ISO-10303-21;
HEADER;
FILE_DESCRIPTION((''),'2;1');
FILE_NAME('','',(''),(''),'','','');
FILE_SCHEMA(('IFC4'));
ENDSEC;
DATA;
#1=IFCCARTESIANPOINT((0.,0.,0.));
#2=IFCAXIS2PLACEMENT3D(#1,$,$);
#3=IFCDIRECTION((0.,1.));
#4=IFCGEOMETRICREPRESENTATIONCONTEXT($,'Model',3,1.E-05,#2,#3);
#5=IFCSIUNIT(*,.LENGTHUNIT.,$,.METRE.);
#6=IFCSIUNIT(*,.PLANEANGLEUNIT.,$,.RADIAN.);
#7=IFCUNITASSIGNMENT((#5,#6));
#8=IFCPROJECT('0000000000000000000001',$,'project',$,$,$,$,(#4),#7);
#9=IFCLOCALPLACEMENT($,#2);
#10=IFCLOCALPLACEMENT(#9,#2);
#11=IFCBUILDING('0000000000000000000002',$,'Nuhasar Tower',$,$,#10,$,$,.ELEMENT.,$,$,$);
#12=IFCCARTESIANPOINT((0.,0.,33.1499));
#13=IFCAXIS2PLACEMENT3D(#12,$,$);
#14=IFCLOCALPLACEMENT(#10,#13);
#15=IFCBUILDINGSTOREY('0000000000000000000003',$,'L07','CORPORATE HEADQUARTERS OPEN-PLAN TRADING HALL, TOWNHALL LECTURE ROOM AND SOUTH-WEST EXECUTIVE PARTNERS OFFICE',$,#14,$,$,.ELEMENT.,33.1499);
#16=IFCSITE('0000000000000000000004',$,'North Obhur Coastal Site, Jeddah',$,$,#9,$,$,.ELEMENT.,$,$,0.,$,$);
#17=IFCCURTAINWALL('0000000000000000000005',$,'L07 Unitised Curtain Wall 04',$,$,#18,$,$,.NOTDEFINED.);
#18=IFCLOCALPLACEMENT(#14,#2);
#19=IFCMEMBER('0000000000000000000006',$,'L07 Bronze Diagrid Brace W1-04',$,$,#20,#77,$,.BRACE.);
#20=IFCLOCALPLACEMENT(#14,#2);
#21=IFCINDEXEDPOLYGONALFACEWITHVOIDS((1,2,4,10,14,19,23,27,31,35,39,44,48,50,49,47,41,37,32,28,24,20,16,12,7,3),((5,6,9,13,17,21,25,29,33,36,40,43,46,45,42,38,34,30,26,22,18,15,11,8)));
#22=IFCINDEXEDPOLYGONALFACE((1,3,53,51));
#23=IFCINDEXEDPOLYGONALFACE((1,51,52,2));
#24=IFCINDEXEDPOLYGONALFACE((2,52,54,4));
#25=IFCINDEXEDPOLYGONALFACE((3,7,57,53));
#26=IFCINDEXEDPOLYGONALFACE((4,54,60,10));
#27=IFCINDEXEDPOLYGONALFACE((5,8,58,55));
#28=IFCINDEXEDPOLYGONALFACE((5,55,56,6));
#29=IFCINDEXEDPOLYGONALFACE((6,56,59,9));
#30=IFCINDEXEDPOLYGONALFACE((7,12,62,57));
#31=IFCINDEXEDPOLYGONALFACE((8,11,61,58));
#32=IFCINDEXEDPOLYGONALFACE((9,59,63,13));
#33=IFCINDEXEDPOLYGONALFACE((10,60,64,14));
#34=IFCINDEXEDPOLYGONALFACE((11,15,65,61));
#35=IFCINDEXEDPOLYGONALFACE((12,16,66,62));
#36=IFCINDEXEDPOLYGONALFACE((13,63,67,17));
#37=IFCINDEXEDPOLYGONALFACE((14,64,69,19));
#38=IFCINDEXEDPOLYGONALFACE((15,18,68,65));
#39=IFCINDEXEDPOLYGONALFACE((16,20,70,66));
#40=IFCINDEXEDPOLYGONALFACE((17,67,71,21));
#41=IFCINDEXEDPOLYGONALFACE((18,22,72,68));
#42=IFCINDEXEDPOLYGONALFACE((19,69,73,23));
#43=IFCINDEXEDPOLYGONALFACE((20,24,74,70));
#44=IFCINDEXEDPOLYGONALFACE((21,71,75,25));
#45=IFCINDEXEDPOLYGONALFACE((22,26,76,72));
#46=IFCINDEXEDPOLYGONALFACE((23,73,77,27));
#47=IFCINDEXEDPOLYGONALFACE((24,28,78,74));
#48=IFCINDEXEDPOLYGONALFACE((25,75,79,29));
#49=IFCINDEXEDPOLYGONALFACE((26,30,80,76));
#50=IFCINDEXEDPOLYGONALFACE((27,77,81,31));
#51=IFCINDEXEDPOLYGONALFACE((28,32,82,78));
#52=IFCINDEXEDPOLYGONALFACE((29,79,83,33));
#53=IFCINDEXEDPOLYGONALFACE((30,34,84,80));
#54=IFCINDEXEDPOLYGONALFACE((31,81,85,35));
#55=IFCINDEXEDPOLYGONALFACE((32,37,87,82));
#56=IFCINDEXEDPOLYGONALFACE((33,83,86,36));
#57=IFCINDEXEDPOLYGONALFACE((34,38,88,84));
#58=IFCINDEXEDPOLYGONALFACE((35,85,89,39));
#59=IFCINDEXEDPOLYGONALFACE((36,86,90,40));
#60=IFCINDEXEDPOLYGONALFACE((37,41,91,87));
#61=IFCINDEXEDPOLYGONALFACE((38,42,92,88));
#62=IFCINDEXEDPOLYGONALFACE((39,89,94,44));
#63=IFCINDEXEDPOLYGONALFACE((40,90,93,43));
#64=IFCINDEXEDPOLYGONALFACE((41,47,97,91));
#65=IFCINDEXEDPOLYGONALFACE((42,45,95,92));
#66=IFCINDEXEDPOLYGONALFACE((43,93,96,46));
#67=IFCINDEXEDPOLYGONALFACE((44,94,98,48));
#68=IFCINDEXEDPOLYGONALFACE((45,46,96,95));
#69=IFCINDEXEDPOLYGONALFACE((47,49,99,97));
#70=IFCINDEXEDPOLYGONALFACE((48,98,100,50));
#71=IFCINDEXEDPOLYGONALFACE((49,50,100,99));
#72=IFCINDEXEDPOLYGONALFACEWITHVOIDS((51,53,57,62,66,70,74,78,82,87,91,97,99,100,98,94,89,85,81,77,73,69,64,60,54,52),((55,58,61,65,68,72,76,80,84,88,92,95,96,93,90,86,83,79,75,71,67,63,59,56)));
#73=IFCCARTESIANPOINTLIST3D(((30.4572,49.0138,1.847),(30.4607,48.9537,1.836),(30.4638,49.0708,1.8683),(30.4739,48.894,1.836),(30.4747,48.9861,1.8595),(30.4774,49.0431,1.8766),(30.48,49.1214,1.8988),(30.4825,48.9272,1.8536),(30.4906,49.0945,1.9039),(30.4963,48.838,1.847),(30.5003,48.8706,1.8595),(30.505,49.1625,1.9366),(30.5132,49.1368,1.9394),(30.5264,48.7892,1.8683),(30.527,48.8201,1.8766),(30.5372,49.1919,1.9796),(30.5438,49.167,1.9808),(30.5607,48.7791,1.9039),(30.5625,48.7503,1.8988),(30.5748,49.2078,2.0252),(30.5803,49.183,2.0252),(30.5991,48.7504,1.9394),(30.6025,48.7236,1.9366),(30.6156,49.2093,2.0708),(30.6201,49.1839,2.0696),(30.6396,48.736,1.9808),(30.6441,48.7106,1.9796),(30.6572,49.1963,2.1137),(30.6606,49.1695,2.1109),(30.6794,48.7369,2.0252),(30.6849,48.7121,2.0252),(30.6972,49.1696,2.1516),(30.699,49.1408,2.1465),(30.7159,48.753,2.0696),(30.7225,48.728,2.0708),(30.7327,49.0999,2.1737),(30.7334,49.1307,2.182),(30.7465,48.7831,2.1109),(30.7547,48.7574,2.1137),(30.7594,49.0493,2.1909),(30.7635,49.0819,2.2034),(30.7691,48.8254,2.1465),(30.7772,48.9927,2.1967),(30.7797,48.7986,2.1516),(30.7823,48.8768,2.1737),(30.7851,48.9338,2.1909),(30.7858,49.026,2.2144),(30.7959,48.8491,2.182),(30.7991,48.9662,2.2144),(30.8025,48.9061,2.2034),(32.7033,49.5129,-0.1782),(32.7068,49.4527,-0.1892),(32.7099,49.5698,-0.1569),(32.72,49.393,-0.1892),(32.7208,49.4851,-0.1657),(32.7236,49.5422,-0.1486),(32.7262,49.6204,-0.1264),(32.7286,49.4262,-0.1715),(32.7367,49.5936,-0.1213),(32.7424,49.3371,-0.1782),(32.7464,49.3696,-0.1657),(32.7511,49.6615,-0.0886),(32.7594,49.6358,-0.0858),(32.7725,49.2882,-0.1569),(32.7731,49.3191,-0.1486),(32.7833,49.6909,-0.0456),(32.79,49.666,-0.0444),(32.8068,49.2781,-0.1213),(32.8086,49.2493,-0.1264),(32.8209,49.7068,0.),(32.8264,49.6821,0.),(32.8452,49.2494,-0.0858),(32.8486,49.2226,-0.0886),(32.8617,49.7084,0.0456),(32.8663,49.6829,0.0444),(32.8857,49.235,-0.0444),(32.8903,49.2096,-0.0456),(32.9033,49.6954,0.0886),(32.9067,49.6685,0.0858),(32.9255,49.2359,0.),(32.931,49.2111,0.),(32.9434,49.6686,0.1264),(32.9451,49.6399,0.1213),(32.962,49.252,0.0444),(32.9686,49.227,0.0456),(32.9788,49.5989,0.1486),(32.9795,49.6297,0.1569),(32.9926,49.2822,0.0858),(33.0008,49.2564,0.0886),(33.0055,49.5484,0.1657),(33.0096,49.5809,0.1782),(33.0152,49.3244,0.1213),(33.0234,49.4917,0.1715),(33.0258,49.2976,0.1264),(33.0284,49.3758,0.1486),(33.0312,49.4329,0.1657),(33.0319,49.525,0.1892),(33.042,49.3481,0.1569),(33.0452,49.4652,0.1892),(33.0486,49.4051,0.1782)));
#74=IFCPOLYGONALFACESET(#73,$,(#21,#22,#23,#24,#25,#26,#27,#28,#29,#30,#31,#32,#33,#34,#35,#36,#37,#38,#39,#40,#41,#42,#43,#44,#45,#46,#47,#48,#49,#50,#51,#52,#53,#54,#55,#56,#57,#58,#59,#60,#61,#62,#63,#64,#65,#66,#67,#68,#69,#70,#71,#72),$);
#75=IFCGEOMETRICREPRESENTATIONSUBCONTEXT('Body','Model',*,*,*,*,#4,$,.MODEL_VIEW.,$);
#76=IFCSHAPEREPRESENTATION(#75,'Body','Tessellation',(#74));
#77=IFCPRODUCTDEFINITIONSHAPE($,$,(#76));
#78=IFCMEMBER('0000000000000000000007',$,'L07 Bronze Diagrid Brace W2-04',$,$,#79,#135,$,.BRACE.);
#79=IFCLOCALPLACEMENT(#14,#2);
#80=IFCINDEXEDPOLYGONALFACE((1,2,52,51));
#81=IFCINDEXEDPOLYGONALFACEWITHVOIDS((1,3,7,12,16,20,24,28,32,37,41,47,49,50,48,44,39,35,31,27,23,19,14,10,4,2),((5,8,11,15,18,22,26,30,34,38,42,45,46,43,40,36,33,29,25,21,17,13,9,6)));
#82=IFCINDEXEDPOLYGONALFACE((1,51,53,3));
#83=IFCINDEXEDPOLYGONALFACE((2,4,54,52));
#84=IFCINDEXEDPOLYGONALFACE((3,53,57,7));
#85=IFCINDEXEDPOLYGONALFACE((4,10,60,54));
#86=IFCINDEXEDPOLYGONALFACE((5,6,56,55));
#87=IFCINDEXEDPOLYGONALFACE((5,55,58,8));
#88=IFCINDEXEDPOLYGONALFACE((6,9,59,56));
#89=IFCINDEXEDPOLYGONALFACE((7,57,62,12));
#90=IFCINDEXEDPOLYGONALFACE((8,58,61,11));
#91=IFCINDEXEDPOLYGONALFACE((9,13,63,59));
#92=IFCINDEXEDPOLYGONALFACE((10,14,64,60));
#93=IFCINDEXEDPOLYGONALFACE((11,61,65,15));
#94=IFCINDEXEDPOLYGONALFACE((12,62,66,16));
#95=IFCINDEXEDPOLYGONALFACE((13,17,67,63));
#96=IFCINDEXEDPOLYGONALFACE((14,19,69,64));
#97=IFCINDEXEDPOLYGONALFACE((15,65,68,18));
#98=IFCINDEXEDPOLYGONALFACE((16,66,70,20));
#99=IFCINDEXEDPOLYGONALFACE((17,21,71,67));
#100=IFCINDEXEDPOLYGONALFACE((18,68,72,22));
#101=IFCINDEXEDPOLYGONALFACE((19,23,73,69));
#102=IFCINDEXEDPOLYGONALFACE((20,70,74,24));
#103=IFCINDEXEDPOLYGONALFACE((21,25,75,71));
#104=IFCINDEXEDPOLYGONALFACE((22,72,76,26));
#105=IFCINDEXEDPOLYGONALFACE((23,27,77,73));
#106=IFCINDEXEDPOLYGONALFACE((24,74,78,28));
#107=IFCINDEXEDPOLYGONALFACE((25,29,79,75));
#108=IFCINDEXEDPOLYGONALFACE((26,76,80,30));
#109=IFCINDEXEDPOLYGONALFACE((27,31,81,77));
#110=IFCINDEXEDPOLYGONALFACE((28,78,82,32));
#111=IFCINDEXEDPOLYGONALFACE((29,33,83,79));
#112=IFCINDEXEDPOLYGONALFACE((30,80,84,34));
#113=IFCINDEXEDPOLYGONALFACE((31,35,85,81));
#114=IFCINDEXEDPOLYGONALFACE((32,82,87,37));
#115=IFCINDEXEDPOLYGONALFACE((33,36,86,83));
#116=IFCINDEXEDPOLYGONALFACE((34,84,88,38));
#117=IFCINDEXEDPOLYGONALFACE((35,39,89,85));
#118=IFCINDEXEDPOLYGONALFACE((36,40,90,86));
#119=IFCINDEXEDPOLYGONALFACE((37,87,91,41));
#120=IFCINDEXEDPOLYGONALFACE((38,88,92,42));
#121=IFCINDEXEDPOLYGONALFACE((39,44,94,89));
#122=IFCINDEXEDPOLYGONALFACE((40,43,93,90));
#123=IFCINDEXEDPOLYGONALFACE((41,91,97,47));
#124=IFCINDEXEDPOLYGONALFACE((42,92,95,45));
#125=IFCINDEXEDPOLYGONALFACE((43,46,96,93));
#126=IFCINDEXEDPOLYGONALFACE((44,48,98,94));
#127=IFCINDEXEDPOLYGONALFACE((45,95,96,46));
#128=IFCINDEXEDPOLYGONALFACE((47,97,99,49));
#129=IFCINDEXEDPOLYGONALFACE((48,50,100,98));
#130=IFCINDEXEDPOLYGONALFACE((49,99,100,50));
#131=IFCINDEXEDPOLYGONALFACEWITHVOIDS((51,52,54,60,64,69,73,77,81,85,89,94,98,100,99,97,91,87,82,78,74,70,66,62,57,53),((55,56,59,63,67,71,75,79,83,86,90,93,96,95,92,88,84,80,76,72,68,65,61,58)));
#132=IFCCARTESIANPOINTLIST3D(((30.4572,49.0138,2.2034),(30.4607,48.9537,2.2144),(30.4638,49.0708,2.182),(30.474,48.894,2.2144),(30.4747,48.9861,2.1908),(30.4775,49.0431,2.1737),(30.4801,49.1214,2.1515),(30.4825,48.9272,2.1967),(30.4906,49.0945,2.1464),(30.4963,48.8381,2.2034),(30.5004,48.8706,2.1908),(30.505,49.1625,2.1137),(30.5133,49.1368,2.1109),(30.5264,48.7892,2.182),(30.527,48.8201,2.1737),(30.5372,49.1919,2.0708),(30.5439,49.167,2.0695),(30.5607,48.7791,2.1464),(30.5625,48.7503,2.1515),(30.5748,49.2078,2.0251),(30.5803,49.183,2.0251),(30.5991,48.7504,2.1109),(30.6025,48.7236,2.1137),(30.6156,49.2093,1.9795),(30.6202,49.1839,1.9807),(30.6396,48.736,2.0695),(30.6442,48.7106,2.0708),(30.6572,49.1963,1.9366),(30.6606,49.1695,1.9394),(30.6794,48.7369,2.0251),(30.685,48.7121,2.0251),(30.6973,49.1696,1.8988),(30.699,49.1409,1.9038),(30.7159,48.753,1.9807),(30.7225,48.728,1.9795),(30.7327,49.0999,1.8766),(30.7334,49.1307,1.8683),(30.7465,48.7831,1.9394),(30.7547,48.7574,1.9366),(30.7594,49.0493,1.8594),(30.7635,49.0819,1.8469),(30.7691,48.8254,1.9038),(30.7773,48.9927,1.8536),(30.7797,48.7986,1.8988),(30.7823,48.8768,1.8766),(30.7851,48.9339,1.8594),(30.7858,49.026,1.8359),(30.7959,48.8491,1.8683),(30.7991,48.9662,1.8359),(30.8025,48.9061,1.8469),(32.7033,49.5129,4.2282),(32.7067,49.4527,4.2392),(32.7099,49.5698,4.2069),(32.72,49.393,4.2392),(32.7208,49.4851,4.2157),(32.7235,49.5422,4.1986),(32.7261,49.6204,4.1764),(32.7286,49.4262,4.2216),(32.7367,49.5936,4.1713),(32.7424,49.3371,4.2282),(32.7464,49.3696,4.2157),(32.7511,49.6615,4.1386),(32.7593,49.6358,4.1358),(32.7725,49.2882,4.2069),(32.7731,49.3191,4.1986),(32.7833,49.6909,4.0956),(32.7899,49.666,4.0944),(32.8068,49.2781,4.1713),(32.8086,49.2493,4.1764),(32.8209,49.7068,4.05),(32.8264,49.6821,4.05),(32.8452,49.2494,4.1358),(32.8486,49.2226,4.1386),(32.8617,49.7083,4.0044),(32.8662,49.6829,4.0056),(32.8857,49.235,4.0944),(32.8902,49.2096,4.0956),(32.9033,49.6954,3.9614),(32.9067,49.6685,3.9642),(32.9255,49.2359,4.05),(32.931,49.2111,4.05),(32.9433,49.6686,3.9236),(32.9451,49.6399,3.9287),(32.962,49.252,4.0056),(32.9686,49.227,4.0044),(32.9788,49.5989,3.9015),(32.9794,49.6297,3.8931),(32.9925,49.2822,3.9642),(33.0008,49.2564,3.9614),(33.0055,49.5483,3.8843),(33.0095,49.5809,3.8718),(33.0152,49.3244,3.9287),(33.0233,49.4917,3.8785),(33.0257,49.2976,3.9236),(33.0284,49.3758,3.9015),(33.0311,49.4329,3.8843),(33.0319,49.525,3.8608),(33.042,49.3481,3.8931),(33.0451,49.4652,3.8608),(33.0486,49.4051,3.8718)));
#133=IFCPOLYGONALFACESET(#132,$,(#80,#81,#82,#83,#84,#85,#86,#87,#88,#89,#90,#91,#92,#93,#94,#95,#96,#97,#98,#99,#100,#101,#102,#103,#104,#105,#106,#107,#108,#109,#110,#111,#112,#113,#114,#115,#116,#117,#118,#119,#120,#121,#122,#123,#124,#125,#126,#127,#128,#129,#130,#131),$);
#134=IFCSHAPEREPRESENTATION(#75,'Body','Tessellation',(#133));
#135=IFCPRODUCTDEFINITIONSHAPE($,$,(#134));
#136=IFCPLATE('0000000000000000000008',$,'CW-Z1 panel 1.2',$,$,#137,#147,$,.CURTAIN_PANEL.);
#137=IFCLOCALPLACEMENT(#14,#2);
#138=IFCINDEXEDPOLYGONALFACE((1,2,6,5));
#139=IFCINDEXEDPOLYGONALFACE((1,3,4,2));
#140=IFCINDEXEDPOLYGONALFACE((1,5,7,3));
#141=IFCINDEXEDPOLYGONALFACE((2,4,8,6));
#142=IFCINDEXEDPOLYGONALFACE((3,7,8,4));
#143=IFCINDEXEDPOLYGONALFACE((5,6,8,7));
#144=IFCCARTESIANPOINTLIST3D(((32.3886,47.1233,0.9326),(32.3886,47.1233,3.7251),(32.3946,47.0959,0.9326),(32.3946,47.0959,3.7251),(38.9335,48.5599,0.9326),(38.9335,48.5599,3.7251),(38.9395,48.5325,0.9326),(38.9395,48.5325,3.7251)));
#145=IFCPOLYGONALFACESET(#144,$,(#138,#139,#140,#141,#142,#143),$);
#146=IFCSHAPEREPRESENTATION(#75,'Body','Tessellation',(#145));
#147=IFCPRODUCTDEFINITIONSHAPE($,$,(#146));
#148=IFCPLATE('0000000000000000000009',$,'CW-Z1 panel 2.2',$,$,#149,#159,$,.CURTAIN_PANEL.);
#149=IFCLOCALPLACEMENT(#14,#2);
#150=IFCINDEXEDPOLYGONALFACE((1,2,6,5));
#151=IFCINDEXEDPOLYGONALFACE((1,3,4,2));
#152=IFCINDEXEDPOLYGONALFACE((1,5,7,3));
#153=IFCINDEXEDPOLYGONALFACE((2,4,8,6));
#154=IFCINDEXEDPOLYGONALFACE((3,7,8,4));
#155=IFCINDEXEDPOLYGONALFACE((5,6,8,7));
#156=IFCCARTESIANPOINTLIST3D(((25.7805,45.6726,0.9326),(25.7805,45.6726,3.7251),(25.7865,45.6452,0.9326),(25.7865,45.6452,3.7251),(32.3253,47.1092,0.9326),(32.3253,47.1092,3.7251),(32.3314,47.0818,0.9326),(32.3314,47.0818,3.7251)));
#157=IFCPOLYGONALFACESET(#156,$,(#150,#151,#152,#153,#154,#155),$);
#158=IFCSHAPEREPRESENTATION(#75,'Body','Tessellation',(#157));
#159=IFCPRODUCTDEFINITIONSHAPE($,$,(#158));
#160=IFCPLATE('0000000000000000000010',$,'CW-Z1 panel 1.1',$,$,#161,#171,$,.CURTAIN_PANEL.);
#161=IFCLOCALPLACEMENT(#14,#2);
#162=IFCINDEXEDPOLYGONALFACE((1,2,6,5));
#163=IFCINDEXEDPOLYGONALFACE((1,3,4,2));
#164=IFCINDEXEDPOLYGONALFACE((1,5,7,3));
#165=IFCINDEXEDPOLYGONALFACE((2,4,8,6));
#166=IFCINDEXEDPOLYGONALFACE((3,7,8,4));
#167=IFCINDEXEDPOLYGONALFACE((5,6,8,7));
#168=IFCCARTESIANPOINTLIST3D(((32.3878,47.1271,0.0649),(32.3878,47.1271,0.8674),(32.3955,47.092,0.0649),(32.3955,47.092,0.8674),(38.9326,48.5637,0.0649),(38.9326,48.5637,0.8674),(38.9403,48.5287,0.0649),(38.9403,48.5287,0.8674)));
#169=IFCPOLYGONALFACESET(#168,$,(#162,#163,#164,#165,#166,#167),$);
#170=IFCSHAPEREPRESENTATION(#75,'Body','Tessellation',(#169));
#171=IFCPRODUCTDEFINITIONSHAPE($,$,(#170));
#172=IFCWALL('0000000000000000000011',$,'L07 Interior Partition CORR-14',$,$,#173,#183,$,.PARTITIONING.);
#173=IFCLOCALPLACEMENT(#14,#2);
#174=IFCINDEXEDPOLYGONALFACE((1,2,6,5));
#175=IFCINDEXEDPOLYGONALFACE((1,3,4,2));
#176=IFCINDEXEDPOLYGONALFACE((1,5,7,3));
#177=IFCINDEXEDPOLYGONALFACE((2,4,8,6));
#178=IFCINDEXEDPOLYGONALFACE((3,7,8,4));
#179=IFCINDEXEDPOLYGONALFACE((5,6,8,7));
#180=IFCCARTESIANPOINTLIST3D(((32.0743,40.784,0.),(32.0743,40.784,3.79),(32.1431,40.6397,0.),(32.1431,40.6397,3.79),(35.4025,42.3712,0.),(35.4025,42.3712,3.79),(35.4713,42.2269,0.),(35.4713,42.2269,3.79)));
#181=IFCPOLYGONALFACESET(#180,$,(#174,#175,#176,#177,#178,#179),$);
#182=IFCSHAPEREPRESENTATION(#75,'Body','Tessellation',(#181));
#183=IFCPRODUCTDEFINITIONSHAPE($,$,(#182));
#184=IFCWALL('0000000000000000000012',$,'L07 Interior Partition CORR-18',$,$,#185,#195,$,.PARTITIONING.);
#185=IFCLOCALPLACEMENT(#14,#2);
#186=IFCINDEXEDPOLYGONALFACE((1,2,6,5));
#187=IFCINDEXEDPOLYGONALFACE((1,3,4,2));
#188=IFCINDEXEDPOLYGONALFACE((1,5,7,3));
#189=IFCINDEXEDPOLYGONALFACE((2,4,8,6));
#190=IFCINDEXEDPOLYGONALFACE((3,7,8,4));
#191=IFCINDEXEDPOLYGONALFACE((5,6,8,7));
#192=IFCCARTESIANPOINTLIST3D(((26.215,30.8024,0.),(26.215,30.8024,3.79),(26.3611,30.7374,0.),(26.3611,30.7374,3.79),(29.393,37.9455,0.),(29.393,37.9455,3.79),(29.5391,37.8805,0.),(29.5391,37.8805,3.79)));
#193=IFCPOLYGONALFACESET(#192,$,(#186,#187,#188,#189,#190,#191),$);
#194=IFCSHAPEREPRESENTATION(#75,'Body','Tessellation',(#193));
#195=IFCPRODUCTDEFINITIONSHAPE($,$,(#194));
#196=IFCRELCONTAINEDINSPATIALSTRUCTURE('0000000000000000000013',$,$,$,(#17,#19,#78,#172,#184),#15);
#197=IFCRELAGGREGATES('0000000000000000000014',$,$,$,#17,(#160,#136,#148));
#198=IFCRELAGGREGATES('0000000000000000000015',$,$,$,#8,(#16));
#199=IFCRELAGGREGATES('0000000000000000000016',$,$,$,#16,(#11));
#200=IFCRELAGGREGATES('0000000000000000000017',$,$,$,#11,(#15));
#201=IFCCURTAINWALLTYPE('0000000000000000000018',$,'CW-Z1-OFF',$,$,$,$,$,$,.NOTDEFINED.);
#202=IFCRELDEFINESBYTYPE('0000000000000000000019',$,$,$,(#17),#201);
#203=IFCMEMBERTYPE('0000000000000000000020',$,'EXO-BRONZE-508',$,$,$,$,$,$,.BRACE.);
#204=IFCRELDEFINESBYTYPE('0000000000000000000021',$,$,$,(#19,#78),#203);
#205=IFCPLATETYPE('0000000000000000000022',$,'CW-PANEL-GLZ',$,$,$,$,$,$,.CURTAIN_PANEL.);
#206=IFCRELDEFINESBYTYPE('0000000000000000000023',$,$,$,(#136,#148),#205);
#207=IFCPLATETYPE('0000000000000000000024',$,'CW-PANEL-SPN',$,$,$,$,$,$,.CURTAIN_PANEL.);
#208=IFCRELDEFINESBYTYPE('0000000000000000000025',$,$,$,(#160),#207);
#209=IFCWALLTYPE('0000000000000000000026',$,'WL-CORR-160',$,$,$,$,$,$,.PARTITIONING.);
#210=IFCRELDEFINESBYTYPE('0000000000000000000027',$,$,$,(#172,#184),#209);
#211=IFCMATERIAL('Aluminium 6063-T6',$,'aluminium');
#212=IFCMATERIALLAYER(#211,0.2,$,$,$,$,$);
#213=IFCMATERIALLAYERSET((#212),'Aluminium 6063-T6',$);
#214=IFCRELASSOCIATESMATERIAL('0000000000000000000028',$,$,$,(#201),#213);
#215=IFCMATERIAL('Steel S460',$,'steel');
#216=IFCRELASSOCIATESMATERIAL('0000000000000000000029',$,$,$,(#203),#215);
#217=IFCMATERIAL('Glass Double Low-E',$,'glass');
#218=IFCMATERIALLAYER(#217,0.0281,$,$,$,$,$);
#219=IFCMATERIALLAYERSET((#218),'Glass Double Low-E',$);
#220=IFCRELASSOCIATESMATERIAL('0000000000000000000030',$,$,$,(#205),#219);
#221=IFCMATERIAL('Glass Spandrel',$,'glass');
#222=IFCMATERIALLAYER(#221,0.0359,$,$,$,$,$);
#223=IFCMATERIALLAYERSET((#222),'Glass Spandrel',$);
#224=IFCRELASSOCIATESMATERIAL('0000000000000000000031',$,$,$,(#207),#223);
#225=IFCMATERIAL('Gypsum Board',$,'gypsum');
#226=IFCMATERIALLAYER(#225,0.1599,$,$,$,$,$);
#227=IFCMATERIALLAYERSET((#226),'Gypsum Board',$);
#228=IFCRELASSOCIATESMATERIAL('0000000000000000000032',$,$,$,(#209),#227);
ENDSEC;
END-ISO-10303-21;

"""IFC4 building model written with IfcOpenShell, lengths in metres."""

from ifc_helpers import new_model, si_unit, direction, frame, frame_2d, origin, origin_2d, place, context, subcontext, project, spatial, rectangle, hollow_circle, extrude, material, layer, layer_set, material_profile, profile_set, type_object, element, aggregate, save


model = new_model("IFC4")

# Units and contexts
model_context = context("Model", 3, precision=1e-05, world=origin(), true_north=direction((0.0, 1.0)))
body_context = subcontext(model_context, "Body", "Model", "MODEL_VIEW")
ifc_project = project(units=[si_unit("LENGTHUNIT", "METRE"), si_unit("PLANEANGLEUNIT", "RADIAN")], contexts=[model_context])

# Site, building, storey
site_placement = place(None, origin())
site = spatial("IfcSite", under=ifc_project, at=site_placement, Name="North Obhur Coastal Site, Jeddah", CompositionType="ELEMENT", RefElevation=0.0)
building_placement = place(site_placement, origin())
building = spatial("IfcBuilding", under=site, at=building_placement, Name="Nuhasar Tower", CompositionType="ELEMENT")
storey_placement = place(building_placement, frame((0.0, 0.0, 33.1499)))
storey = spatial("IfcBuildingStorey", under=building, at=storey_placement, Name="L07", Description="CORPORATE HEADQUARTERS OPEN-PLAN TRADING HALL, TOWNHALL LECTURE ROOM AND SOUTH-WEST EXECUTIVE PARTNERS OFFICE", CompositionType="ELEMENT", Elevation=33.1499)

# Curtain wall
ifc_material_1 = material(Name="Aluminium 6063-T6", Category="aluminium")
ifc_layer_1 = layer(ifc_material_1, 0.2)
ifc_layer_set_1 = layer_set([ifc_layer_1], Name="Aluminium 6063-T6")
curtain_wall_type = type_object("IfcCurtainWallType", Name="CW-Z1-OFF", PredefinedType="NOTDEFINED", material=ifc_layer_set_1)
curtain_wall_placement = place(storey_placement, origin())
curtain_wall = element("IfcCurtainWall", 1, at=curtain_wall_placement, inside=storey, type_object=curtain_wall_type, Name="L07 Unitised Curtain Wall 04", PredefinedType="NOTDEFINED")

# Members
ifc_material_2 = material(Name="Steel S460", Category="steel")
ifc_material_profile_1 = material_profile(ifc_material_2, hollow_circle(Radius=0.2539, WallThickness=0.0254, at=origin_2d()), Name="HSS508X25.4")
ifc_profile_set_1 = profile_set([ifc_material_profile_1], Name="Steel S460")
member_type_1 = type_object("IfcMemberType", Name="EXO-BRONZE-508", PredefinedType="BRACE", material=ifc_profile_set_1)
member_1_placement = place(storey_placement, frame((32.876, 49.459, 0.0), z_axis=(-0.732783, -0.162805, 0.660699), x_axis=(0.216886, -0.976197, 0.0)))
element("IfcMember", 2, at=member_1_placement, inside=storey, type_object=member_type_1, Name="L07 Bronze Diagrid Brace W1-04", PredefinedType="BRACE", context=body_context, shape_type="SweptSolid", body=[
    extrude(hollow_circle(Radius=0.2539, WallThickness=0.0254, at=origin_2d()), origin(), (0.0, 0.0, 1.0), 3.0652),
])
member_2_placement = place(storey_placement, frame((30.6299, 48.96, 2.0251), z_axis=(0.732821, 0.162814, 0.660654), x_axis=(-0.216886, 0.976197, 0.0)))
element("IfcMember", 3, at=member_2_placement, inside=storey, type_object=member_type_1, Name="L07 Bronze Diagrid Brace W2-04", PredefinedType="BRACE", context=body_context, shape_type="SweptSolid", body=[
    extrude(hollow_circle(Radius=0.2539, WallThickness=0.0254, at=origin_2d()), origin(), (0.0, 0.0, 1.0), 3.0649),
])

# Plates
ifc_material_3 = material(Name="Glass Double Low-E", Category="glass")
ifc_layer_2 = layer(ifc_material_3, 0.0281)
ifc_layer_set_2 = layer_set([ifc_layer_2], Name="Glass Double Low-E")
plate_type_1 = type_object("IfcPlateType", Name="CW-PANEL-GLZ", PredefinedType="CURTAIN_PANEL", material=ifc_layer_set_2)
plate_1_placement = place(storey_placement, frame((35.6641, 47.8279, 0.9326), z_axis=(0.0, 0.0, 1.0), x_axis=(-0.976746, -0.214399, 0.0)))
plate_1 = element("IfcPlate", 4, at=plate_1_placement, type_object=plate_type_1, Name="CW-Z1 panel 1.2", PredefinedType="CURTAIN_PANEL", context=body_context, shape_type="SweptSolid", body=[
    extrude(rectangle(XDim=6.7007, YDim=0.0281, at=origin_2d()), origin(), (0.0, 0.0, 1.0), 2.7925),
])
plate_2_placement = place(storey_placement, frame((29.0559, 46.3772, 0.9326), z_axis=(0.0, 0.0, 1.0), x_axis=(-0.976746, -0.214399, 0.0)))
plate_2 = element("IfcPlate", 5, at=plate_2_placement, type_object=plate_type_1, Name="CW-Z1 panel 2.2", PredefinedType="CURTAIN_PANEL", context=body_context, shape_type="SweptSolid", body=[
    extrude(rectangle(XDim=6.7007, YDim=0.0281, at=origin_2d()), origin(), (0.0, 0.0, 1.0), 2.7925),
])
ifc_material_4 = material(Name="Glass Spandrel", Category="glass")
ifc_layer_3 = layer(ifc_material_4, 0.0359)
ifc_layer_set_3 = layer_set([ifc_layer_3], Name="Glass Spandrel")
plate_type_2 = type_object("IfcPlateType", Name="CW-PANEL-SPN", PredefinedType="CURTAIN_PANEL", material=ifc_layer_set_3)
plate_3_placement = place(storey_placement, frame((35.6641, 47.8279, 0.0649), z_axis=(0.0, 0.0, 1.0), x_axis=(-0.976746, -0.214399, 0.0)))
plate_3 = element("IfcPlate", 6, at=plate_3_placement, type_object=plate_type_2, Name="CW-Z1 panel 1.1", PredefinedType="CURTAIN_PANEL", context=body_context, shape_type="SweptSolid", body=[
    extrude(rectangle(XDim=6.7007, YDim=0.0359, at=origin_2d()), origin(), (0.0, 0.0, 1.0), 0.8025),
])
aggregate(curtain_wall, [plate_3, plate_1, plate_2])

# Wall
ifc_material_5 = material(Name="Gypsum Board", Category="gypsum")
ifc_layer_4 = layer(ifc_material_5, 0.1599)
ifc_layer_set_4 = layer_set([ifc_layer_4], Name="Gypsum Board")
wall_type_1 = type_object("IfcWallType", Name="WL-CORR-160", PredefinedType="PARTITIONING", material=ifc_layer_set_4)
wall_1_placement = place(storey_placement, frame((35.437, 42.2991, 0.0), z_axis=(0.0, 0.0, 1.0), x_axis=(-0.902614, -0.43045, 0.0)))
element("IfcWall", 7, at=wall_1_placement, inside=storey, type_object=wall_type_1, Name="L07 Interior Partition CORR-14", PredefinedType="PARTITIONING", context=body_context, shape_type="SweptSolid", body=[
    extrude(rectangle(XDim=3.6873, YDim=0.1599, at=frame_2d((1.8438, 0.0))), origin(), (0.0, 0.0, 1.0), 3.79),
])

# Wall
wall_2_placement = place(storey_placement, frame((29.4661, 37.9131, 0.0), z_axis=(0.0, 0.0, 1.0), x_axis=(-0.406489, -0.913656, 0.0)))
element("IfcWall", 8, at=wall_2_placement, inside=storey, type_object=wall_type_1, Name="L07 Interior Partition CORR-18", PredefinedType="PARTITIONING", context=body_context, shape_type="SweptSolid", body=[
    extrude(rectangle(XDim=7.8181, YDim=0.1599, at=frame_2d((3.9092, 0.0))), origin(), (0.0, 0.0, 1.0), 3.79),
])

save(model, "model.ifc")
